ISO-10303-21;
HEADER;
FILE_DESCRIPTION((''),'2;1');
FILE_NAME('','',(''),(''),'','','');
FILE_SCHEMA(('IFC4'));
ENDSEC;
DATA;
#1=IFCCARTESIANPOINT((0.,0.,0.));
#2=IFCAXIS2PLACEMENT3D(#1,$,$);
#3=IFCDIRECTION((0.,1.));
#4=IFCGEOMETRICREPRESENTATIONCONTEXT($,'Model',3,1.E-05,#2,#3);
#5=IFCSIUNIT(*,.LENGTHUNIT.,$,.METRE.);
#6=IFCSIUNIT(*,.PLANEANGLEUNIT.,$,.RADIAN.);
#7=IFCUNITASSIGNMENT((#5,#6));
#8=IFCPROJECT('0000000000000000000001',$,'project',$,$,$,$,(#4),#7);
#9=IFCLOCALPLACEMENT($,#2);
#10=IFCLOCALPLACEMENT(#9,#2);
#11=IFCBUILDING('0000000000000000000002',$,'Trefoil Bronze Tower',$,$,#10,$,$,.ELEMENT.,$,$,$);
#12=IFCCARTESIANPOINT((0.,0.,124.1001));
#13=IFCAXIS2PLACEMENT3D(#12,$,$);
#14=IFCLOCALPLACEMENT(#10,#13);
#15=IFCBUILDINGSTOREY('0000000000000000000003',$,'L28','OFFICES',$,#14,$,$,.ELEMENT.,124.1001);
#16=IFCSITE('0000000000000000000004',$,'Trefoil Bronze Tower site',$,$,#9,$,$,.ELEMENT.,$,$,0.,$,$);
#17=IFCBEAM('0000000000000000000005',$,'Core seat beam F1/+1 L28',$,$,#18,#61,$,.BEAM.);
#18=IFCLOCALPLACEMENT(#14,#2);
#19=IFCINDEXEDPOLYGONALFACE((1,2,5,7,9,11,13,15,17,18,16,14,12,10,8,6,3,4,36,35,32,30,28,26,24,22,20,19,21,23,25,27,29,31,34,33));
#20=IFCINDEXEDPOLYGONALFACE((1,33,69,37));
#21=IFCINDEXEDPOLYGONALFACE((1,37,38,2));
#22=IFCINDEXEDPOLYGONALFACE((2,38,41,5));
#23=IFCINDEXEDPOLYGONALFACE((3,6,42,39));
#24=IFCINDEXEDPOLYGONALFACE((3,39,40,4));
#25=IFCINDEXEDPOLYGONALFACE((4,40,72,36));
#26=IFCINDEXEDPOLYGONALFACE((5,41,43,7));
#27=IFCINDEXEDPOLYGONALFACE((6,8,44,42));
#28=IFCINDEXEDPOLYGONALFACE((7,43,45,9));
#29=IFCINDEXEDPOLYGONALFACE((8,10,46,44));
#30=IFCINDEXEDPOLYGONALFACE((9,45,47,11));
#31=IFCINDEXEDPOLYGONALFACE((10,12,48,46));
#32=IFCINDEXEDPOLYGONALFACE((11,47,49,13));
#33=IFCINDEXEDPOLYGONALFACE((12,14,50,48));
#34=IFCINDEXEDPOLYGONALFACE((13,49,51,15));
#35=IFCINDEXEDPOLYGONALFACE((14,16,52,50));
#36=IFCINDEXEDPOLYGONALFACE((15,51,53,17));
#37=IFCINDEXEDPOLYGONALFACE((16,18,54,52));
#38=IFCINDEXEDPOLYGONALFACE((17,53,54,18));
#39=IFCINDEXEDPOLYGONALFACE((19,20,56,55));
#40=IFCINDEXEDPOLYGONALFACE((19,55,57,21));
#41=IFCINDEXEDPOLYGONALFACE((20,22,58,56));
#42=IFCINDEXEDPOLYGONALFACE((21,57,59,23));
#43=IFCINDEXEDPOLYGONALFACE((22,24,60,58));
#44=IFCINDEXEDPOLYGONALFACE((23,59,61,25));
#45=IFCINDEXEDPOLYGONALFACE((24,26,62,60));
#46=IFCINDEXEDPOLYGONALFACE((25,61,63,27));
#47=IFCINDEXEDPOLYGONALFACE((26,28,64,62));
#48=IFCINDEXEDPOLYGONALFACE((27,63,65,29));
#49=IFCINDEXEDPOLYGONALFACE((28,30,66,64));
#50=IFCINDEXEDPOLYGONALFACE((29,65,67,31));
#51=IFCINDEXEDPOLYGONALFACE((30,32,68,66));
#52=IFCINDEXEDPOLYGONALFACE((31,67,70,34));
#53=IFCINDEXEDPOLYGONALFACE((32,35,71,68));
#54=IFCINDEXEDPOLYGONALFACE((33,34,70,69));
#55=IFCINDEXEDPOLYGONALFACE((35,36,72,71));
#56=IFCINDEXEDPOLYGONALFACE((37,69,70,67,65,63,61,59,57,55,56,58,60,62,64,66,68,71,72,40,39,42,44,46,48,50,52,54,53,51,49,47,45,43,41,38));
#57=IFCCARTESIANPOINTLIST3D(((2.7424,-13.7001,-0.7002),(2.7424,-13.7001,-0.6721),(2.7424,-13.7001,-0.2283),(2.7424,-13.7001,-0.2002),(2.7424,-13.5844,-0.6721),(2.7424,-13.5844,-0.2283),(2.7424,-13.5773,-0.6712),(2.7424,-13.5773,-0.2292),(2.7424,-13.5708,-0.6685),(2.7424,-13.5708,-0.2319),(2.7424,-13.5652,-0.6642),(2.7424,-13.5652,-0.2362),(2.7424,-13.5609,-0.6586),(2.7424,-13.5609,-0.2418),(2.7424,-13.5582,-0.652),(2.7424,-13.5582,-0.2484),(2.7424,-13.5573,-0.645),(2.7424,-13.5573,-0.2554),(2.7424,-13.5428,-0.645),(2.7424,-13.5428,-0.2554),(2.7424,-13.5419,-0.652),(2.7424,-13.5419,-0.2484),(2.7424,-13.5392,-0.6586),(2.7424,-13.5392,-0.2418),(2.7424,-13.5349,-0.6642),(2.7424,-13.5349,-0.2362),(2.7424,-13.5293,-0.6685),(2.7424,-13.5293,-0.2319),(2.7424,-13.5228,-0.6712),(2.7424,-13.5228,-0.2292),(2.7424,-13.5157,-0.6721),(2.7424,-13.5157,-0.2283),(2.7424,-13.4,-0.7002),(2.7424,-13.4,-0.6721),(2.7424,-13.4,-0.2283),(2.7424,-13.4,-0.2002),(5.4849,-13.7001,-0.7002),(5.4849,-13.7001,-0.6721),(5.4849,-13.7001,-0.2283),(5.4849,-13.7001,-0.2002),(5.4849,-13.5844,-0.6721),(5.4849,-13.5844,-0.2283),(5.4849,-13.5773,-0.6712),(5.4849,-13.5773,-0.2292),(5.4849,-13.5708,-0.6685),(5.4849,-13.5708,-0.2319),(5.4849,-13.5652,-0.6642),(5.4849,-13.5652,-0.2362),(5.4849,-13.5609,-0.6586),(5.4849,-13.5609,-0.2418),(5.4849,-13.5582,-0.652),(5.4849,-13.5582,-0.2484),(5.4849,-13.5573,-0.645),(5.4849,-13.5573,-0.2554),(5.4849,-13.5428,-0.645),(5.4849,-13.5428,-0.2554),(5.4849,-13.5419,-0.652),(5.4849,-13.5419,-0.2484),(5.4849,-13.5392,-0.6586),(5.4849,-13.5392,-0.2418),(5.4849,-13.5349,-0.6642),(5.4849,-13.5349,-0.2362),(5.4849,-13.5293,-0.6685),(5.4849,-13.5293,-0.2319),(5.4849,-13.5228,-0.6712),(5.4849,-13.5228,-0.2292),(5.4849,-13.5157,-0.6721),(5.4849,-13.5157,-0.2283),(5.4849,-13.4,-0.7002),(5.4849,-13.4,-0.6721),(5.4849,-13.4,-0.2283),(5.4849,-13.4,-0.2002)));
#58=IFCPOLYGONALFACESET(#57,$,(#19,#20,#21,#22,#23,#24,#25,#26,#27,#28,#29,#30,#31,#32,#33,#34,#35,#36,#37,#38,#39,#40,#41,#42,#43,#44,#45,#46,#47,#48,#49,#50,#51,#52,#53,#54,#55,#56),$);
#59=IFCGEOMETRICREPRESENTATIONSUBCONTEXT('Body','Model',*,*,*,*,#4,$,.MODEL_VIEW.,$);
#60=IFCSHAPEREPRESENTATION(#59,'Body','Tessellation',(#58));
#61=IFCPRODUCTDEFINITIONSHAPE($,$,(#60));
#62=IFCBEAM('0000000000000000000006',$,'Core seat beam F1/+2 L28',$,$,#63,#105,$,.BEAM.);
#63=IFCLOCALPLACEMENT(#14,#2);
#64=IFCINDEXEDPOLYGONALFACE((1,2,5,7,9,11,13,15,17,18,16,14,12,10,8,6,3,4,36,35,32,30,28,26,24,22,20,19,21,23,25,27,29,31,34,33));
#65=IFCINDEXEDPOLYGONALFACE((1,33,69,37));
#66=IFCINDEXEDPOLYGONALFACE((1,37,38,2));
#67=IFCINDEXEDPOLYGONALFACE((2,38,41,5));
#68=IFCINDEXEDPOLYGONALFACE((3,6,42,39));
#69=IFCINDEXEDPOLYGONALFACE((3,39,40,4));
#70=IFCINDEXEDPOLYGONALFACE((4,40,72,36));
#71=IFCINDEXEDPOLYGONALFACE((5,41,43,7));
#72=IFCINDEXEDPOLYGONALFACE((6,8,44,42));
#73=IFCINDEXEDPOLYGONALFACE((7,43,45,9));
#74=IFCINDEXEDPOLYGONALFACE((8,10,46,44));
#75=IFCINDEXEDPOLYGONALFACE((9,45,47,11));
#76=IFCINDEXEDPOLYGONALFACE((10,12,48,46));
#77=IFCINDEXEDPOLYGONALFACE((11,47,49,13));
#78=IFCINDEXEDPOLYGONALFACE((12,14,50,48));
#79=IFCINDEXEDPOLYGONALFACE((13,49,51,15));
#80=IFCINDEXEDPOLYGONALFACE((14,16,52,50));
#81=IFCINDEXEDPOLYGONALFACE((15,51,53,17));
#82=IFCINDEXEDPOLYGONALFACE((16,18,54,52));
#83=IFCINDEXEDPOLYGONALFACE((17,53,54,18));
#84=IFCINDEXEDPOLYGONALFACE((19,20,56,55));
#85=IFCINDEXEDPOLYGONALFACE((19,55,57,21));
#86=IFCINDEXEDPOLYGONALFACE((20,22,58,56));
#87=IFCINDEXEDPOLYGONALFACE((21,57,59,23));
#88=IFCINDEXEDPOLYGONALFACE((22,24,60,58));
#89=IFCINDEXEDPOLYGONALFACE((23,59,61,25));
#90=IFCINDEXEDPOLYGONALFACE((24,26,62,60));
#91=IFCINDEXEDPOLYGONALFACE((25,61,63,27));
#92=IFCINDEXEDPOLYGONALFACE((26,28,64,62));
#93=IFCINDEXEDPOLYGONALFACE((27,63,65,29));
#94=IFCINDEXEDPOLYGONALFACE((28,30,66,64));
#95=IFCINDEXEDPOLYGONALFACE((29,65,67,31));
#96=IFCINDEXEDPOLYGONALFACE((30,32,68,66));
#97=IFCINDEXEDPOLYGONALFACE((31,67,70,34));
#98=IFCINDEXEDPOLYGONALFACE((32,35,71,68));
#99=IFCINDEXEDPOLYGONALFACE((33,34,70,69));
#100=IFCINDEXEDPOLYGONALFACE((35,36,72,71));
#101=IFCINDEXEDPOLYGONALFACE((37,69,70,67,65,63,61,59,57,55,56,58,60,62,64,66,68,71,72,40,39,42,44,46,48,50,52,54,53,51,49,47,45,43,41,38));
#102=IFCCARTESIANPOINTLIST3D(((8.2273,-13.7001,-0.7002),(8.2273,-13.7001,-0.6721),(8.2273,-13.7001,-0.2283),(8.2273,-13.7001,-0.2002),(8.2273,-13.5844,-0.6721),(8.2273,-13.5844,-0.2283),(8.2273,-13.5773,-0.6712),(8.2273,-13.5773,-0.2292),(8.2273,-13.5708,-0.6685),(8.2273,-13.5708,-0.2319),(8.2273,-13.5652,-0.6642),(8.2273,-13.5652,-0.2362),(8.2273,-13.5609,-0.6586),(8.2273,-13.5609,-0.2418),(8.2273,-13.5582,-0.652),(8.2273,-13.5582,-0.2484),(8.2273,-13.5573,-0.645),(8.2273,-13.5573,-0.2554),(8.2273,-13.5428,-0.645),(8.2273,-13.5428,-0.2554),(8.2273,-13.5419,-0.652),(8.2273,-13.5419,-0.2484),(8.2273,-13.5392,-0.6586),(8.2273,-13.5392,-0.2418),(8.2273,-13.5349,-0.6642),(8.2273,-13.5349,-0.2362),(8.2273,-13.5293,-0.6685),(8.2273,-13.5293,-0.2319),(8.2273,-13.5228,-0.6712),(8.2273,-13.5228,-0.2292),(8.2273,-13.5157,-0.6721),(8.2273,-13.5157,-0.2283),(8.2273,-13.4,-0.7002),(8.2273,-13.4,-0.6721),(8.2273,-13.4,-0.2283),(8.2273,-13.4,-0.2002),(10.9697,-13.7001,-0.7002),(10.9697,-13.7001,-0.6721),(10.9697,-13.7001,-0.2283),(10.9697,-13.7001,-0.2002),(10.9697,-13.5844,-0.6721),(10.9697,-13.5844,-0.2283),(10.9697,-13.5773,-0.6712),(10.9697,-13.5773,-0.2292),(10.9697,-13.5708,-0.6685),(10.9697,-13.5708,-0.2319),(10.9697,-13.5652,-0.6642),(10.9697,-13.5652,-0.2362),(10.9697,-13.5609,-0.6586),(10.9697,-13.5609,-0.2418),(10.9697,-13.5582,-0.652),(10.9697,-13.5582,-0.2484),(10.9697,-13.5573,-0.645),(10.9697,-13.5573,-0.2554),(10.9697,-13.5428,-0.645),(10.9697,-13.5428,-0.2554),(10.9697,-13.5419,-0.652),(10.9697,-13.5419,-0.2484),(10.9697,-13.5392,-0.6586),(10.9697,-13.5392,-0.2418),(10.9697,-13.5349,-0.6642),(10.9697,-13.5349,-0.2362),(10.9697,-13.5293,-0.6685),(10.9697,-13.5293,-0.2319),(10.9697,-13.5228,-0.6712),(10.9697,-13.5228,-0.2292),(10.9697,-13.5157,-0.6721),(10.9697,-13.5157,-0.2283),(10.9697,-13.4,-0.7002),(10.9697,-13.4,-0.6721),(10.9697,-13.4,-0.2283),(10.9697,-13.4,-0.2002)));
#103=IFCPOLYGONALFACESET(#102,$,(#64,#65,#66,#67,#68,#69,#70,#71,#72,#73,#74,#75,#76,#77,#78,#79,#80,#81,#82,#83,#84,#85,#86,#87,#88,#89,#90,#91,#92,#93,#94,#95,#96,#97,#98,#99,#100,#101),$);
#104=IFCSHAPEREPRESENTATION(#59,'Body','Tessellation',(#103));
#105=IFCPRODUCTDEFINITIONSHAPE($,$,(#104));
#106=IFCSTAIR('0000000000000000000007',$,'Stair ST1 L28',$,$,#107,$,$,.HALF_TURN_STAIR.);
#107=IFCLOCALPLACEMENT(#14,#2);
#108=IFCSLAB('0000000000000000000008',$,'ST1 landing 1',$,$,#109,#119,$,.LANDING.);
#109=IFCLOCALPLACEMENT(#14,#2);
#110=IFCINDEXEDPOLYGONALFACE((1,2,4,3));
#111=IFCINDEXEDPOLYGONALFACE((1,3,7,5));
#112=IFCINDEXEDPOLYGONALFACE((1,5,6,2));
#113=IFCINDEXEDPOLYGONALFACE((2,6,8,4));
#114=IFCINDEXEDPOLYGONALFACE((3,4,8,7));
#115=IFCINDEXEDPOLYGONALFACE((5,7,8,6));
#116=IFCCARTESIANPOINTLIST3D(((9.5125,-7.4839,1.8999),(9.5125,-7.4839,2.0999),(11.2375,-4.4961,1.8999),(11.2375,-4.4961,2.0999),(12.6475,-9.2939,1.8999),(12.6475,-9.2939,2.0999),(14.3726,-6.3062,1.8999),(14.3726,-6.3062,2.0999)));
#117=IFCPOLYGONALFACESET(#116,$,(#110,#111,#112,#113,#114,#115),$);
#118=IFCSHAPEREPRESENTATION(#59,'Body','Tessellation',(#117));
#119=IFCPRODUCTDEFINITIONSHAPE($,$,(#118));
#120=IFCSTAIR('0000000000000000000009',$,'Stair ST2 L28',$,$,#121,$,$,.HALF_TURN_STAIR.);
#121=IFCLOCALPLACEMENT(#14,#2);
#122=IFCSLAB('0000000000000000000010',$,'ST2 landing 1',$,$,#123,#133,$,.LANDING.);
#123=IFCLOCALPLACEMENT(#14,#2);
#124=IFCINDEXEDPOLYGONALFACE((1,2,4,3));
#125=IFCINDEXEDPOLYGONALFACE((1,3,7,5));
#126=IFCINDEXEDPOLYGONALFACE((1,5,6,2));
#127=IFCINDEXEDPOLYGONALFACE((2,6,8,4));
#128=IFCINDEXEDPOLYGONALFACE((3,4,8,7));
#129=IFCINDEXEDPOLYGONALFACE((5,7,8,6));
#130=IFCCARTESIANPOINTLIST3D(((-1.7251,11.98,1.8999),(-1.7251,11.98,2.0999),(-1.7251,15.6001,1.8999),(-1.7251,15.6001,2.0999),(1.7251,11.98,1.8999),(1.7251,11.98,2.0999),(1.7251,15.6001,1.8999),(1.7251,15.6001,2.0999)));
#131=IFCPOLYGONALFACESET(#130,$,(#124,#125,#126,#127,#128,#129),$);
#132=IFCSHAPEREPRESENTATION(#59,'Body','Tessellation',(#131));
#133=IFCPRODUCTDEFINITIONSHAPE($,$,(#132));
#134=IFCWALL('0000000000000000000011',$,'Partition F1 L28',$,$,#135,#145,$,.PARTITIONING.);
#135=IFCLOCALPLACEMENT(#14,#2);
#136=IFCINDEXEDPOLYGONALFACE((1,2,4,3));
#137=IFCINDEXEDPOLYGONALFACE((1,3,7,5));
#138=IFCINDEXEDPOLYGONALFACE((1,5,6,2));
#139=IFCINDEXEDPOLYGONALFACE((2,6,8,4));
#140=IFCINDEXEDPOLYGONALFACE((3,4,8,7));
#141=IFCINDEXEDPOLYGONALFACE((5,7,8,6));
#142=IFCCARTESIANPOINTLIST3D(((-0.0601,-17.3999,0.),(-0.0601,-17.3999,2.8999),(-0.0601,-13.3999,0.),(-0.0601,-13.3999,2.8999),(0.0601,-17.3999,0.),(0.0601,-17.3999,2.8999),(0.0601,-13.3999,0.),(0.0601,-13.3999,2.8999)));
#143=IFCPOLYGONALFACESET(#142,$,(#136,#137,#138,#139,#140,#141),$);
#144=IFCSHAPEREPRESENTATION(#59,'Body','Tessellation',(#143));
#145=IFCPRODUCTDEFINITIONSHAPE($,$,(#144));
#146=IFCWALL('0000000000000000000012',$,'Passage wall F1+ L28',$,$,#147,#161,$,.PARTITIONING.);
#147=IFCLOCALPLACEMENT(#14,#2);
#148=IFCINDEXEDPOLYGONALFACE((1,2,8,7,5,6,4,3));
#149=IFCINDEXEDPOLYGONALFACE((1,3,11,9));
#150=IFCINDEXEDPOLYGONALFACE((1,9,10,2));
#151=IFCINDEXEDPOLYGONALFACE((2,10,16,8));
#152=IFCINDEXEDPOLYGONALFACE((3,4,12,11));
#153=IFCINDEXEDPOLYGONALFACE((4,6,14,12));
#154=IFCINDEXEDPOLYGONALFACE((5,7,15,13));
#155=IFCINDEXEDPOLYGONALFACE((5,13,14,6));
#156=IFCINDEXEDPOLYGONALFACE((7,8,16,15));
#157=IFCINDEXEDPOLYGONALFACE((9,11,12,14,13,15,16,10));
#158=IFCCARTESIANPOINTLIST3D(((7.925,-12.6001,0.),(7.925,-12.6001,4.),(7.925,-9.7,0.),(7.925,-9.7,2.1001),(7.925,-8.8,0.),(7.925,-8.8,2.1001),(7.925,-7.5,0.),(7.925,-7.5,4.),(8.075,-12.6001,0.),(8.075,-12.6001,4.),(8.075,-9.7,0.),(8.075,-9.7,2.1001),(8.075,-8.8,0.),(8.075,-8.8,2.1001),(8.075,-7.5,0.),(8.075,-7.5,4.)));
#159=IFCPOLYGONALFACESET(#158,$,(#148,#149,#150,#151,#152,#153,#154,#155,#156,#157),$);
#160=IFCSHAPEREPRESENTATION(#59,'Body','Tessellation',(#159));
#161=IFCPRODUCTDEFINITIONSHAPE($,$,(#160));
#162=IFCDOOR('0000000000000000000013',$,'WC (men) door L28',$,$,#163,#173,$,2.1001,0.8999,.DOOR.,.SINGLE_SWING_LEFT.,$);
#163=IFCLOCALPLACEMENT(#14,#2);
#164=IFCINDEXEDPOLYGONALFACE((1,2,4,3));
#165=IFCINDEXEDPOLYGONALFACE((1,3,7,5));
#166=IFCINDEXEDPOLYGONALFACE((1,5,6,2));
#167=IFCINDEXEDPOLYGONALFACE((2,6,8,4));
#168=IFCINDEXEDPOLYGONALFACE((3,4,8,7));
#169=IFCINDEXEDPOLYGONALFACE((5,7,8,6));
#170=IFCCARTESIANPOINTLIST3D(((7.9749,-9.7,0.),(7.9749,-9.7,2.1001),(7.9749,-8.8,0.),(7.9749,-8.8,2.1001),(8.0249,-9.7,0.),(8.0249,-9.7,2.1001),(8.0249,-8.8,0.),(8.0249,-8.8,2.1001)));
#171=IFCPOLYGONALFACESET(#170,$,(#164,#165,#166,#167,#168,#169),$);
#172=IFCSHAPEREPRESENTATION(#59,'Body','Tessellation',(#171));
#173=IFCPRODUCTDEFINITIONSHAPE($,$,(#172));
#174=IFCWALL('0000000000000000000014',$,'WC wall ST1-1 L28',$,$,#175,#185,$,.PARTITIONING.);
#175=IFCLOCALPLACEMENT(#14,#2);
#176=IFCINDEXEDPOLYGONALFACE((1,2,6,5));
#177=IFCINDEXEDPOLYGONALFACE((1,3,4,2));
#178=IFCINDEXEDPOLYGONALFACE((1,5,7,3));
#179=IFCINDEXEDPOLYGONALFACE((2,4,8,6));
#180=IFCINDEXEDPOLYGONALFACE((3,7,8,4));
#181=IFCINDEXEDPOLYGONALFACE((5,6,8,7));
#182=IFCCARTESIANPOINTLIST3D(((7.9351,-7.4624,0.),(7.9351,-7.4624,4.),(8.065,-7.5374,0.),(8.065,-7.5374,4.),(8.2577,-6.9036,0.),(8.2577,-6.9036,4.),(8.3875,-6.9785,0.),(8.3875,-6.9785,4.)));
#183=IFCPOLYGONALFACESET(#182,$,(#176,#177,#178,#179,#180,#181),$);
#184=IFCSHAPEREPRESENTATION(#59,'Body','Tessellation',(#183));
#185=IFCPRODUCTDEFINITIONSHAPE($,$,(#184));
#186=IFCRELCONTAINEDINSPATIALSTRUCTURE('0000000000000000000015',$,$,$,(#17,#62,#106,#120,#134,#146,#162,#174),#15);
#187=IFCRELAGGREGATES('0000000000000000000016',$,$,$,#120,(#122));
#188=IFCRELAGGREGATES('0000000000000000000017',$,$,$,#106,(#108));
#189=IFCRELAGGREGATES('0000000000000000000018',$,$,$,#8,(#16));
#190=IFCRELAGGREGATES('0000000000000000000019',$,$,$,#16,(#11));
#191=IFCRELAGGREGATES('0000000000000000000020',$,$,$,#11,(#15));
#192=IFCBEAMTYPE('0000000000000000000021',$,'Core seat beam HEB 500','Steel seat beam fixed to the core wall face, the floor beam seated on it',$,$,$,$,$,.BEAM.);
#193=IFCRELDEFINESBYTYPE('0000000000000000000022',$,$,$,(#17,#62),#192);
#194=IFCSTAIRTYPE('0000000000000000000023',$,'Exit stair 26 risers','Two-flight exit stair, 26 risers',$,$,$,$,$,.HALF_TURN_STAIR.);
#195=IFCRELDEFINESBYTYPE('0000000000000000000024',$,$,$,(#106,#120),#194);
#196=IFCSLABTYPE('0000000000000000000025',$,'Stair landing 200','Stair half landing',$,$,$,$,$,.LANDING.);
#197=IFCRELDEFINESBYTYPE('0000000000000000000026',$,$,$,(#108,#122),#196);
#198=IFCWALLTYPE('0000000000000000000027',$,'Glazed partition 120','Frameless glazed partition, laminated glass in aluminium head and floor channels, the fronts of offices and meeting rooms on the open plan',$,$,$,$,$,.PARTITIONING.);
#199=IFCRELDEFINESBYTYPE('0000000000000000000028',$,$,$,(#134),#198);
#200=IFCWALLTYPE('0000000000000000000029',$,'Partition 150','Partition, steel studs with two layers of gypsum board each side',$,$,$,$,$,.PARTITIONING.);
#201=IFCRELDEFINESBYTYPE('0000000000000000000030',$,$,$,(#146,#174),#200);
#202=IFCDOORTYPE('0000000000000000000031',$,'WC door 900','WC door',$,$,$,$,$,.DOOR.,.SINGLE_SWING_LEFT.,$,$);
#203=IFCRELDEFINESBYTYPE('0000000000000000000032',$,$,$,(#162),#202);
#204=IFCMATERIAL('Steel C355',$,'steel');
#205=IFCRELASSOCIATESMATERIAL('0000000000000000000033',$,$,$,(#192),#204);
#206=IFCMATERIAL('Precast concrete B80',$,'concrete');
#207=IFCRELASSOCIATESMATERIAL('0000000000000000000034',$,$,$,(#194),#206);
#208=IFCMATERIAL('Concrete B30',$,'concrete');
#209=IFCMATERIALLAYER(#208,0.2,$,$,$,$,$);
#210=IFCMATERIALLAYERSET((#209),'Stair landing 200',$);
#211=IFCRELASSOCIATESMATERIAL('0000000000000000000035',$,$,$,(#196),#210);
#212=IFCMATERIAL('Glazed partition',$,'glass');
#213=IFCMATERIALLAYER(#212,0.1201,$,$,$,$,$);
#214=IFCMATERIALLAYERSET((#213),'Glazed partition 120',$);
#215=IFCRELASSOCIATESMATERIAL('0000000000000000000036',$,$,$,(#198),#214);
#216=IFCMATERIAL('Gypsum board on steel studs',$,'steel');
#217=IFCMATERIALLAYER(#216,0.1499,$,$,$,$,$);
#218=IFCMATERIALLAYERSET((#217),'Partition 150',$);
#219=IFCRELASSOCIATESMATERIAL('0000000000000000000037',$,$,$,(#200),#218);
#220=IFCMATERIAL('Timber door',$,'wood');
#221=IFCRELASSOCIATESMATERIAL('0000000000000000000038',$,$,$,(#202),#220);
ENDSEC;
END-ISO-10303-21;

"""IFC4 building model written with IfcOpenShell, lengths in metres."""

from ifc_helpers import new_model, si_unit, direction, frame, frame_2d, origin, origin_2d, place, context, subcontext, project, spatial, polyline, rectangle, i_section, outline, extrude, material, layer, layer_set, material_profile, profile_set, type_object, element, fill, aggregate, save


model = new_model("IFC4")

# Units and contexts
model_context = context("Model", 3, precision=1e-05, world=origin(), true_north=direction((0.0, 1.0)))
body_context = subcontext(model_context, "Body", "Model", "MODEL_VIEW")
ifc_project = project(units=[si_unit("LENGTHUNIT", "METRE"), si_unit("PLANEANGLEUNIT", "RADIAN")], contexts=[model_context])

# Site, building, storey
site_placement = place(None, origin())
site = spatial("IfcSite", under=ifc_project, at=site_placement, Name="Trefoil Bronze Tower site", CompositionType="ELEMENT", RefElevation=0.0)
building_placement = place(site_placement, origin())
building = spatial("IfcBuilding", under=site, at=building_placement, Name="Trefoil Bronze Tower", CompositionType="ELEMENT")
storey_placement = place(building_placement, frame((0.0, 0.0, 124.1001)))
storey = spatial("IfcBuildingStorey", under=building, at=storey_placement, Name="L28", Description="OFFICES", CompositionType="ELEMENT", Elevation=124.1001)

# Beams
ifc_material_1 = material(Name="Steel C355", Category="steel")
ifc_material_profile = material_profile(ifc_material_1, i_section(OverallWidth=0.3, OverallDepth=0.5, WebThickness=0.0144, FlangeThickness=0.0281, FilletRadius=0.0271, at=origin_2d()), Name="HEB 500")
ifc_profile_set = profile_set([ifc_material_profile], Name="Steel C355")
beam_type = type_object("IfcBeamType", Name="Core seat beam HEB 500", Description="Steel seat beam fixed to the core wall face, the floor beam seated on it", PredefinedType="BEAM", material=ifc_profile_set)
for number, where, z_axis, x_axis, name in (
    (1, (2.7424, -13.55, -0.4502), (1.0, 0.0, 0.0), (0.0, 1.0, 0.0), "Core seat beam F1/+1 L28"),
    (2, (8.2273, -13.55, -0.4502), (1.0, 0.0, 0.0), (0.0, 1.0, 0.0), "Core seat beam F1/+2 L28"),
):
    element("IfcBeam", number, at=place(storey_placement, frame(where, z_axis=z_axis, x_axis=x_axis)), inside=storey, type_object=beam_type, Name=name, PredefinedType="BEAM", context=body_context, shape_type="SweptSolid", body=[
        extrude(i_section(OverallWidth=0.3, OverallDepth=0.5, WebThickness=0.0144, FlangeThickness=0.0281, FilletRadius=0.0271, at=origin_2d()), origin(), (0.0, 0.0, 1.0), 2.7424),
    ])

# Stairs, slabs
ifc_material_2 = material(Name="Precast concrete B80", Category="concrete")
stair_type = type_object("IfcStairType", Name="Exit stair 26 risers", Description="Two-flight exit stair, 26 risers", PredefinedType="HALF_TURN_STAIR", material=ifc_material_2)
stair_1_placement = place(storey_placement, origin())
stair_1 = element("IfcStair", 3, at=stair_1_placement, inside=storey, type_object=stair_type, Name="Stair ST1 L28", PredefinedType="HALF_TURN_STAIR")
ifc_material_3 = material(Name="Concrete B30", Category="concrete")
ifc_layer_1 = layer(ifc_material_3, 0.2)
ifc_layer_set_1 = layer_set([ifc_layer_1], Name="Stair landing 200")
slab_type = type_object("IfcSlabType", Name="Stair landing 200", Description="Stair half landing", PredefinedType="LANDING", material=ifc_layer_set_1)
slab_1_placement = place(storey_placement, frame((0.0, 0.0, 1.8999)))
slab_1 = element("IfcSlab", 4, at=slab_1_placement, type_object=slab_type, Name="ST1 landing 1", PredefinedType="LANDING", context=body_context, shape_type="SweptSolid", body=[
    extrude(outline(polyline([(9.5125, -7.4839), (12.6475, -9.2939), (14.3726, -6.3062), (11.2375, -4.4961), (9.5125, -7.4839)])), origin(), (0.0, 0.0, 1.0), 0.2),
])
stair_2_placement = place(storey_placement, origin())
stair_2 = element("IfcStair", 5, at=stair_2_placement, inside=storey, type_object=stair_type, Name="Stair ST2 L28", PredefinedType="HALF_TURN_STAIR")
slab_2_placement = place(storey_placement, frame((0.0, 0.0, 1.8999)))
slab_2 = element("IfcSlab", 6, at=slab_2_placement, type_object=slab_type, Name="ST2 landing 1", PredefinedType="LANDING", context=body_context, shape_type="SweptSolid", body=[
    extrude(outline(polyline([(1.7251, 11.98), (1.7251, 15.6001), (-1.7251, 15.6001), (-1.7251, 11.98), (1.7251, 11.98)])), origin(), (0.0, 0.0, 1.0), 0.2),
])
aggregate(stair_2, [slab_2])

# Wall
ifc_material_4 = material(Name="Glazed partition", Category="glass")
ifc_layer_2 = layer(ifc_material_4, 0.1201)
ifc_layer_set_2 = layer_set([ifc_layer_2], Name="Glazed partition 120")
wall_type_1 = type_object("IfcWallType", Name="Glazed partition 120", Description="Frameless glazed partition, laminated glass in aluminium head and floor channels, the fronts of offices and meeting rooms on the open plan", PredefinedType="PARTITIONING", material=ifc_layer_set_2)
wall_1_placement = place(storey_placement, frame((0.0, -13.3999, 0.0), z_axis=(0.0, 0.0, 1.0), x_axis=(0.0, -1.0, 0.0)))
element("IfcWall", 7, at=wall_1_placement, inside=storey, type_object=wall_type_1, Name="Partition F1 L28", PredefinedType="PARTITIONING", context=body_context, shape_type="SweptSolid", body=[
    extrude(rectangle(XDim=4.0, YDim=0.1201, at=frame_2d((2.0, 0.0))), origin(), (0.0, 0.0, 1.0), 2.8999),
])

# Wall, opening, door
ifc_material_5 = material(Name="Gypsum board on steel studs", Category="steel")
ifc_layer_3 = layer(ifc_material_5, 0.1499)
ifc_layer_set_3 = layer_set([ifc_layer_3], Name="Partition 150")
wall_type_2 = type_object("IfcWallType", Name="Partition 150", Description="Partition, steel studs with two layers of gypsum board each side", PredefinedType="PARTITIONING", material=ifc_layer_set_3)
wall_2_placement = place(storey_placement, frame((8.0, -7.5, 0.0), z_axis=(0.0, 0.0, 1.0), x_axis=(0.0, -1.0, 0.0)))
wall_2 = element("IfcWall", 8, at=wall_2_placement, inside=storey, type_object=wall_type_2, Name="Passage wall F1+ L28", PredefinedType="PARTITIONING", context=body_context, shape_type="SweptSolid", body=[
    extrude(rectangle(XDim=5.1001, YDim=0.1499, at=frame_2d((2.55, 0.0))), origin(), (0.0, 0.0, 1.0), 4.0),
])
opening_1_placement = place(wall_2_placement, frame((1.3, 0.0, 0.0)))
opening_1 = element("IfcOpeningElement", 9, at=opening_1_placement, cuts=wall_2, PredefinedType="OPENING", context=body_context, shape_type="SweptSolid", body=[
    extrude(rectangle(XDim=0.8999, YDim=2.1001, at=frame_2d((0.45, 1.05))), frame((0.0, 0.085, 0.0), z_axis=(0.0, -1.0, 0.0), x_axis=(1.0, 0.0, 0.0)), (0.0, 0.0, 1.0), 0.1699),
])
ifc_material_6 = material(Name="Timber door", Category="wood")
door_type_1 = type_object("IfcDoorType", Name="WC door 900", Description="WC door", OperationType="SINGLE_SWING_LEFT", PredefinedType="DOOR", material=ifc_material_6)
door_1_placement = place(opening_1_placement, origin())
door_1 = element("IfcDoor", 10, at=door_1_placement, inside=storey, type_object=door_type_1, Name="WC (men) door L28", OperationType="SINGLE_SWING_LEFT", OverallHeight=2.1001, OverallWidth=0.8999, PredefinedType="DOOR", context=body_context, shape_type="SweptSolid", body=[
    extrude(rectangle(XDim=0.8999, YDim=2.1001, at=frame_2d((0.45, 1.05))), frame((0.0, 0.0249, 0.0), z_axis=(0.0, -1.0, 0.0), x_axis=(1.0, 0.0, 0.0)), (0.0, 0.0, 1.0), 0.05),
])
fill(opening_1, door_1)

# Wall
wall_3_placement = place(storey_placement, frame((8.0, -7.5, 0.0), z_axis=(0.0, 0.0, 1.0), x_axis=(0.499843, 0.866116, 0.0)))
element("IfcWall", 11, at=wall_3_placement, inside=storey, type_object=wall_type_2, Name="WC wall ST1-1 L28", PredefinedType="PARTITIONING", context=body_context, shape_type="SweptSolid", body=[
    extrude(rectangle(XDim=0.6453, YDim=0.1499, at=frame_2d((0.3228, 0.0))), origin(), (0.0, 0.0, 1.0), 4.0),
])

aggregate(stair_1, [slab_1])

save(model, "model.ifc")
